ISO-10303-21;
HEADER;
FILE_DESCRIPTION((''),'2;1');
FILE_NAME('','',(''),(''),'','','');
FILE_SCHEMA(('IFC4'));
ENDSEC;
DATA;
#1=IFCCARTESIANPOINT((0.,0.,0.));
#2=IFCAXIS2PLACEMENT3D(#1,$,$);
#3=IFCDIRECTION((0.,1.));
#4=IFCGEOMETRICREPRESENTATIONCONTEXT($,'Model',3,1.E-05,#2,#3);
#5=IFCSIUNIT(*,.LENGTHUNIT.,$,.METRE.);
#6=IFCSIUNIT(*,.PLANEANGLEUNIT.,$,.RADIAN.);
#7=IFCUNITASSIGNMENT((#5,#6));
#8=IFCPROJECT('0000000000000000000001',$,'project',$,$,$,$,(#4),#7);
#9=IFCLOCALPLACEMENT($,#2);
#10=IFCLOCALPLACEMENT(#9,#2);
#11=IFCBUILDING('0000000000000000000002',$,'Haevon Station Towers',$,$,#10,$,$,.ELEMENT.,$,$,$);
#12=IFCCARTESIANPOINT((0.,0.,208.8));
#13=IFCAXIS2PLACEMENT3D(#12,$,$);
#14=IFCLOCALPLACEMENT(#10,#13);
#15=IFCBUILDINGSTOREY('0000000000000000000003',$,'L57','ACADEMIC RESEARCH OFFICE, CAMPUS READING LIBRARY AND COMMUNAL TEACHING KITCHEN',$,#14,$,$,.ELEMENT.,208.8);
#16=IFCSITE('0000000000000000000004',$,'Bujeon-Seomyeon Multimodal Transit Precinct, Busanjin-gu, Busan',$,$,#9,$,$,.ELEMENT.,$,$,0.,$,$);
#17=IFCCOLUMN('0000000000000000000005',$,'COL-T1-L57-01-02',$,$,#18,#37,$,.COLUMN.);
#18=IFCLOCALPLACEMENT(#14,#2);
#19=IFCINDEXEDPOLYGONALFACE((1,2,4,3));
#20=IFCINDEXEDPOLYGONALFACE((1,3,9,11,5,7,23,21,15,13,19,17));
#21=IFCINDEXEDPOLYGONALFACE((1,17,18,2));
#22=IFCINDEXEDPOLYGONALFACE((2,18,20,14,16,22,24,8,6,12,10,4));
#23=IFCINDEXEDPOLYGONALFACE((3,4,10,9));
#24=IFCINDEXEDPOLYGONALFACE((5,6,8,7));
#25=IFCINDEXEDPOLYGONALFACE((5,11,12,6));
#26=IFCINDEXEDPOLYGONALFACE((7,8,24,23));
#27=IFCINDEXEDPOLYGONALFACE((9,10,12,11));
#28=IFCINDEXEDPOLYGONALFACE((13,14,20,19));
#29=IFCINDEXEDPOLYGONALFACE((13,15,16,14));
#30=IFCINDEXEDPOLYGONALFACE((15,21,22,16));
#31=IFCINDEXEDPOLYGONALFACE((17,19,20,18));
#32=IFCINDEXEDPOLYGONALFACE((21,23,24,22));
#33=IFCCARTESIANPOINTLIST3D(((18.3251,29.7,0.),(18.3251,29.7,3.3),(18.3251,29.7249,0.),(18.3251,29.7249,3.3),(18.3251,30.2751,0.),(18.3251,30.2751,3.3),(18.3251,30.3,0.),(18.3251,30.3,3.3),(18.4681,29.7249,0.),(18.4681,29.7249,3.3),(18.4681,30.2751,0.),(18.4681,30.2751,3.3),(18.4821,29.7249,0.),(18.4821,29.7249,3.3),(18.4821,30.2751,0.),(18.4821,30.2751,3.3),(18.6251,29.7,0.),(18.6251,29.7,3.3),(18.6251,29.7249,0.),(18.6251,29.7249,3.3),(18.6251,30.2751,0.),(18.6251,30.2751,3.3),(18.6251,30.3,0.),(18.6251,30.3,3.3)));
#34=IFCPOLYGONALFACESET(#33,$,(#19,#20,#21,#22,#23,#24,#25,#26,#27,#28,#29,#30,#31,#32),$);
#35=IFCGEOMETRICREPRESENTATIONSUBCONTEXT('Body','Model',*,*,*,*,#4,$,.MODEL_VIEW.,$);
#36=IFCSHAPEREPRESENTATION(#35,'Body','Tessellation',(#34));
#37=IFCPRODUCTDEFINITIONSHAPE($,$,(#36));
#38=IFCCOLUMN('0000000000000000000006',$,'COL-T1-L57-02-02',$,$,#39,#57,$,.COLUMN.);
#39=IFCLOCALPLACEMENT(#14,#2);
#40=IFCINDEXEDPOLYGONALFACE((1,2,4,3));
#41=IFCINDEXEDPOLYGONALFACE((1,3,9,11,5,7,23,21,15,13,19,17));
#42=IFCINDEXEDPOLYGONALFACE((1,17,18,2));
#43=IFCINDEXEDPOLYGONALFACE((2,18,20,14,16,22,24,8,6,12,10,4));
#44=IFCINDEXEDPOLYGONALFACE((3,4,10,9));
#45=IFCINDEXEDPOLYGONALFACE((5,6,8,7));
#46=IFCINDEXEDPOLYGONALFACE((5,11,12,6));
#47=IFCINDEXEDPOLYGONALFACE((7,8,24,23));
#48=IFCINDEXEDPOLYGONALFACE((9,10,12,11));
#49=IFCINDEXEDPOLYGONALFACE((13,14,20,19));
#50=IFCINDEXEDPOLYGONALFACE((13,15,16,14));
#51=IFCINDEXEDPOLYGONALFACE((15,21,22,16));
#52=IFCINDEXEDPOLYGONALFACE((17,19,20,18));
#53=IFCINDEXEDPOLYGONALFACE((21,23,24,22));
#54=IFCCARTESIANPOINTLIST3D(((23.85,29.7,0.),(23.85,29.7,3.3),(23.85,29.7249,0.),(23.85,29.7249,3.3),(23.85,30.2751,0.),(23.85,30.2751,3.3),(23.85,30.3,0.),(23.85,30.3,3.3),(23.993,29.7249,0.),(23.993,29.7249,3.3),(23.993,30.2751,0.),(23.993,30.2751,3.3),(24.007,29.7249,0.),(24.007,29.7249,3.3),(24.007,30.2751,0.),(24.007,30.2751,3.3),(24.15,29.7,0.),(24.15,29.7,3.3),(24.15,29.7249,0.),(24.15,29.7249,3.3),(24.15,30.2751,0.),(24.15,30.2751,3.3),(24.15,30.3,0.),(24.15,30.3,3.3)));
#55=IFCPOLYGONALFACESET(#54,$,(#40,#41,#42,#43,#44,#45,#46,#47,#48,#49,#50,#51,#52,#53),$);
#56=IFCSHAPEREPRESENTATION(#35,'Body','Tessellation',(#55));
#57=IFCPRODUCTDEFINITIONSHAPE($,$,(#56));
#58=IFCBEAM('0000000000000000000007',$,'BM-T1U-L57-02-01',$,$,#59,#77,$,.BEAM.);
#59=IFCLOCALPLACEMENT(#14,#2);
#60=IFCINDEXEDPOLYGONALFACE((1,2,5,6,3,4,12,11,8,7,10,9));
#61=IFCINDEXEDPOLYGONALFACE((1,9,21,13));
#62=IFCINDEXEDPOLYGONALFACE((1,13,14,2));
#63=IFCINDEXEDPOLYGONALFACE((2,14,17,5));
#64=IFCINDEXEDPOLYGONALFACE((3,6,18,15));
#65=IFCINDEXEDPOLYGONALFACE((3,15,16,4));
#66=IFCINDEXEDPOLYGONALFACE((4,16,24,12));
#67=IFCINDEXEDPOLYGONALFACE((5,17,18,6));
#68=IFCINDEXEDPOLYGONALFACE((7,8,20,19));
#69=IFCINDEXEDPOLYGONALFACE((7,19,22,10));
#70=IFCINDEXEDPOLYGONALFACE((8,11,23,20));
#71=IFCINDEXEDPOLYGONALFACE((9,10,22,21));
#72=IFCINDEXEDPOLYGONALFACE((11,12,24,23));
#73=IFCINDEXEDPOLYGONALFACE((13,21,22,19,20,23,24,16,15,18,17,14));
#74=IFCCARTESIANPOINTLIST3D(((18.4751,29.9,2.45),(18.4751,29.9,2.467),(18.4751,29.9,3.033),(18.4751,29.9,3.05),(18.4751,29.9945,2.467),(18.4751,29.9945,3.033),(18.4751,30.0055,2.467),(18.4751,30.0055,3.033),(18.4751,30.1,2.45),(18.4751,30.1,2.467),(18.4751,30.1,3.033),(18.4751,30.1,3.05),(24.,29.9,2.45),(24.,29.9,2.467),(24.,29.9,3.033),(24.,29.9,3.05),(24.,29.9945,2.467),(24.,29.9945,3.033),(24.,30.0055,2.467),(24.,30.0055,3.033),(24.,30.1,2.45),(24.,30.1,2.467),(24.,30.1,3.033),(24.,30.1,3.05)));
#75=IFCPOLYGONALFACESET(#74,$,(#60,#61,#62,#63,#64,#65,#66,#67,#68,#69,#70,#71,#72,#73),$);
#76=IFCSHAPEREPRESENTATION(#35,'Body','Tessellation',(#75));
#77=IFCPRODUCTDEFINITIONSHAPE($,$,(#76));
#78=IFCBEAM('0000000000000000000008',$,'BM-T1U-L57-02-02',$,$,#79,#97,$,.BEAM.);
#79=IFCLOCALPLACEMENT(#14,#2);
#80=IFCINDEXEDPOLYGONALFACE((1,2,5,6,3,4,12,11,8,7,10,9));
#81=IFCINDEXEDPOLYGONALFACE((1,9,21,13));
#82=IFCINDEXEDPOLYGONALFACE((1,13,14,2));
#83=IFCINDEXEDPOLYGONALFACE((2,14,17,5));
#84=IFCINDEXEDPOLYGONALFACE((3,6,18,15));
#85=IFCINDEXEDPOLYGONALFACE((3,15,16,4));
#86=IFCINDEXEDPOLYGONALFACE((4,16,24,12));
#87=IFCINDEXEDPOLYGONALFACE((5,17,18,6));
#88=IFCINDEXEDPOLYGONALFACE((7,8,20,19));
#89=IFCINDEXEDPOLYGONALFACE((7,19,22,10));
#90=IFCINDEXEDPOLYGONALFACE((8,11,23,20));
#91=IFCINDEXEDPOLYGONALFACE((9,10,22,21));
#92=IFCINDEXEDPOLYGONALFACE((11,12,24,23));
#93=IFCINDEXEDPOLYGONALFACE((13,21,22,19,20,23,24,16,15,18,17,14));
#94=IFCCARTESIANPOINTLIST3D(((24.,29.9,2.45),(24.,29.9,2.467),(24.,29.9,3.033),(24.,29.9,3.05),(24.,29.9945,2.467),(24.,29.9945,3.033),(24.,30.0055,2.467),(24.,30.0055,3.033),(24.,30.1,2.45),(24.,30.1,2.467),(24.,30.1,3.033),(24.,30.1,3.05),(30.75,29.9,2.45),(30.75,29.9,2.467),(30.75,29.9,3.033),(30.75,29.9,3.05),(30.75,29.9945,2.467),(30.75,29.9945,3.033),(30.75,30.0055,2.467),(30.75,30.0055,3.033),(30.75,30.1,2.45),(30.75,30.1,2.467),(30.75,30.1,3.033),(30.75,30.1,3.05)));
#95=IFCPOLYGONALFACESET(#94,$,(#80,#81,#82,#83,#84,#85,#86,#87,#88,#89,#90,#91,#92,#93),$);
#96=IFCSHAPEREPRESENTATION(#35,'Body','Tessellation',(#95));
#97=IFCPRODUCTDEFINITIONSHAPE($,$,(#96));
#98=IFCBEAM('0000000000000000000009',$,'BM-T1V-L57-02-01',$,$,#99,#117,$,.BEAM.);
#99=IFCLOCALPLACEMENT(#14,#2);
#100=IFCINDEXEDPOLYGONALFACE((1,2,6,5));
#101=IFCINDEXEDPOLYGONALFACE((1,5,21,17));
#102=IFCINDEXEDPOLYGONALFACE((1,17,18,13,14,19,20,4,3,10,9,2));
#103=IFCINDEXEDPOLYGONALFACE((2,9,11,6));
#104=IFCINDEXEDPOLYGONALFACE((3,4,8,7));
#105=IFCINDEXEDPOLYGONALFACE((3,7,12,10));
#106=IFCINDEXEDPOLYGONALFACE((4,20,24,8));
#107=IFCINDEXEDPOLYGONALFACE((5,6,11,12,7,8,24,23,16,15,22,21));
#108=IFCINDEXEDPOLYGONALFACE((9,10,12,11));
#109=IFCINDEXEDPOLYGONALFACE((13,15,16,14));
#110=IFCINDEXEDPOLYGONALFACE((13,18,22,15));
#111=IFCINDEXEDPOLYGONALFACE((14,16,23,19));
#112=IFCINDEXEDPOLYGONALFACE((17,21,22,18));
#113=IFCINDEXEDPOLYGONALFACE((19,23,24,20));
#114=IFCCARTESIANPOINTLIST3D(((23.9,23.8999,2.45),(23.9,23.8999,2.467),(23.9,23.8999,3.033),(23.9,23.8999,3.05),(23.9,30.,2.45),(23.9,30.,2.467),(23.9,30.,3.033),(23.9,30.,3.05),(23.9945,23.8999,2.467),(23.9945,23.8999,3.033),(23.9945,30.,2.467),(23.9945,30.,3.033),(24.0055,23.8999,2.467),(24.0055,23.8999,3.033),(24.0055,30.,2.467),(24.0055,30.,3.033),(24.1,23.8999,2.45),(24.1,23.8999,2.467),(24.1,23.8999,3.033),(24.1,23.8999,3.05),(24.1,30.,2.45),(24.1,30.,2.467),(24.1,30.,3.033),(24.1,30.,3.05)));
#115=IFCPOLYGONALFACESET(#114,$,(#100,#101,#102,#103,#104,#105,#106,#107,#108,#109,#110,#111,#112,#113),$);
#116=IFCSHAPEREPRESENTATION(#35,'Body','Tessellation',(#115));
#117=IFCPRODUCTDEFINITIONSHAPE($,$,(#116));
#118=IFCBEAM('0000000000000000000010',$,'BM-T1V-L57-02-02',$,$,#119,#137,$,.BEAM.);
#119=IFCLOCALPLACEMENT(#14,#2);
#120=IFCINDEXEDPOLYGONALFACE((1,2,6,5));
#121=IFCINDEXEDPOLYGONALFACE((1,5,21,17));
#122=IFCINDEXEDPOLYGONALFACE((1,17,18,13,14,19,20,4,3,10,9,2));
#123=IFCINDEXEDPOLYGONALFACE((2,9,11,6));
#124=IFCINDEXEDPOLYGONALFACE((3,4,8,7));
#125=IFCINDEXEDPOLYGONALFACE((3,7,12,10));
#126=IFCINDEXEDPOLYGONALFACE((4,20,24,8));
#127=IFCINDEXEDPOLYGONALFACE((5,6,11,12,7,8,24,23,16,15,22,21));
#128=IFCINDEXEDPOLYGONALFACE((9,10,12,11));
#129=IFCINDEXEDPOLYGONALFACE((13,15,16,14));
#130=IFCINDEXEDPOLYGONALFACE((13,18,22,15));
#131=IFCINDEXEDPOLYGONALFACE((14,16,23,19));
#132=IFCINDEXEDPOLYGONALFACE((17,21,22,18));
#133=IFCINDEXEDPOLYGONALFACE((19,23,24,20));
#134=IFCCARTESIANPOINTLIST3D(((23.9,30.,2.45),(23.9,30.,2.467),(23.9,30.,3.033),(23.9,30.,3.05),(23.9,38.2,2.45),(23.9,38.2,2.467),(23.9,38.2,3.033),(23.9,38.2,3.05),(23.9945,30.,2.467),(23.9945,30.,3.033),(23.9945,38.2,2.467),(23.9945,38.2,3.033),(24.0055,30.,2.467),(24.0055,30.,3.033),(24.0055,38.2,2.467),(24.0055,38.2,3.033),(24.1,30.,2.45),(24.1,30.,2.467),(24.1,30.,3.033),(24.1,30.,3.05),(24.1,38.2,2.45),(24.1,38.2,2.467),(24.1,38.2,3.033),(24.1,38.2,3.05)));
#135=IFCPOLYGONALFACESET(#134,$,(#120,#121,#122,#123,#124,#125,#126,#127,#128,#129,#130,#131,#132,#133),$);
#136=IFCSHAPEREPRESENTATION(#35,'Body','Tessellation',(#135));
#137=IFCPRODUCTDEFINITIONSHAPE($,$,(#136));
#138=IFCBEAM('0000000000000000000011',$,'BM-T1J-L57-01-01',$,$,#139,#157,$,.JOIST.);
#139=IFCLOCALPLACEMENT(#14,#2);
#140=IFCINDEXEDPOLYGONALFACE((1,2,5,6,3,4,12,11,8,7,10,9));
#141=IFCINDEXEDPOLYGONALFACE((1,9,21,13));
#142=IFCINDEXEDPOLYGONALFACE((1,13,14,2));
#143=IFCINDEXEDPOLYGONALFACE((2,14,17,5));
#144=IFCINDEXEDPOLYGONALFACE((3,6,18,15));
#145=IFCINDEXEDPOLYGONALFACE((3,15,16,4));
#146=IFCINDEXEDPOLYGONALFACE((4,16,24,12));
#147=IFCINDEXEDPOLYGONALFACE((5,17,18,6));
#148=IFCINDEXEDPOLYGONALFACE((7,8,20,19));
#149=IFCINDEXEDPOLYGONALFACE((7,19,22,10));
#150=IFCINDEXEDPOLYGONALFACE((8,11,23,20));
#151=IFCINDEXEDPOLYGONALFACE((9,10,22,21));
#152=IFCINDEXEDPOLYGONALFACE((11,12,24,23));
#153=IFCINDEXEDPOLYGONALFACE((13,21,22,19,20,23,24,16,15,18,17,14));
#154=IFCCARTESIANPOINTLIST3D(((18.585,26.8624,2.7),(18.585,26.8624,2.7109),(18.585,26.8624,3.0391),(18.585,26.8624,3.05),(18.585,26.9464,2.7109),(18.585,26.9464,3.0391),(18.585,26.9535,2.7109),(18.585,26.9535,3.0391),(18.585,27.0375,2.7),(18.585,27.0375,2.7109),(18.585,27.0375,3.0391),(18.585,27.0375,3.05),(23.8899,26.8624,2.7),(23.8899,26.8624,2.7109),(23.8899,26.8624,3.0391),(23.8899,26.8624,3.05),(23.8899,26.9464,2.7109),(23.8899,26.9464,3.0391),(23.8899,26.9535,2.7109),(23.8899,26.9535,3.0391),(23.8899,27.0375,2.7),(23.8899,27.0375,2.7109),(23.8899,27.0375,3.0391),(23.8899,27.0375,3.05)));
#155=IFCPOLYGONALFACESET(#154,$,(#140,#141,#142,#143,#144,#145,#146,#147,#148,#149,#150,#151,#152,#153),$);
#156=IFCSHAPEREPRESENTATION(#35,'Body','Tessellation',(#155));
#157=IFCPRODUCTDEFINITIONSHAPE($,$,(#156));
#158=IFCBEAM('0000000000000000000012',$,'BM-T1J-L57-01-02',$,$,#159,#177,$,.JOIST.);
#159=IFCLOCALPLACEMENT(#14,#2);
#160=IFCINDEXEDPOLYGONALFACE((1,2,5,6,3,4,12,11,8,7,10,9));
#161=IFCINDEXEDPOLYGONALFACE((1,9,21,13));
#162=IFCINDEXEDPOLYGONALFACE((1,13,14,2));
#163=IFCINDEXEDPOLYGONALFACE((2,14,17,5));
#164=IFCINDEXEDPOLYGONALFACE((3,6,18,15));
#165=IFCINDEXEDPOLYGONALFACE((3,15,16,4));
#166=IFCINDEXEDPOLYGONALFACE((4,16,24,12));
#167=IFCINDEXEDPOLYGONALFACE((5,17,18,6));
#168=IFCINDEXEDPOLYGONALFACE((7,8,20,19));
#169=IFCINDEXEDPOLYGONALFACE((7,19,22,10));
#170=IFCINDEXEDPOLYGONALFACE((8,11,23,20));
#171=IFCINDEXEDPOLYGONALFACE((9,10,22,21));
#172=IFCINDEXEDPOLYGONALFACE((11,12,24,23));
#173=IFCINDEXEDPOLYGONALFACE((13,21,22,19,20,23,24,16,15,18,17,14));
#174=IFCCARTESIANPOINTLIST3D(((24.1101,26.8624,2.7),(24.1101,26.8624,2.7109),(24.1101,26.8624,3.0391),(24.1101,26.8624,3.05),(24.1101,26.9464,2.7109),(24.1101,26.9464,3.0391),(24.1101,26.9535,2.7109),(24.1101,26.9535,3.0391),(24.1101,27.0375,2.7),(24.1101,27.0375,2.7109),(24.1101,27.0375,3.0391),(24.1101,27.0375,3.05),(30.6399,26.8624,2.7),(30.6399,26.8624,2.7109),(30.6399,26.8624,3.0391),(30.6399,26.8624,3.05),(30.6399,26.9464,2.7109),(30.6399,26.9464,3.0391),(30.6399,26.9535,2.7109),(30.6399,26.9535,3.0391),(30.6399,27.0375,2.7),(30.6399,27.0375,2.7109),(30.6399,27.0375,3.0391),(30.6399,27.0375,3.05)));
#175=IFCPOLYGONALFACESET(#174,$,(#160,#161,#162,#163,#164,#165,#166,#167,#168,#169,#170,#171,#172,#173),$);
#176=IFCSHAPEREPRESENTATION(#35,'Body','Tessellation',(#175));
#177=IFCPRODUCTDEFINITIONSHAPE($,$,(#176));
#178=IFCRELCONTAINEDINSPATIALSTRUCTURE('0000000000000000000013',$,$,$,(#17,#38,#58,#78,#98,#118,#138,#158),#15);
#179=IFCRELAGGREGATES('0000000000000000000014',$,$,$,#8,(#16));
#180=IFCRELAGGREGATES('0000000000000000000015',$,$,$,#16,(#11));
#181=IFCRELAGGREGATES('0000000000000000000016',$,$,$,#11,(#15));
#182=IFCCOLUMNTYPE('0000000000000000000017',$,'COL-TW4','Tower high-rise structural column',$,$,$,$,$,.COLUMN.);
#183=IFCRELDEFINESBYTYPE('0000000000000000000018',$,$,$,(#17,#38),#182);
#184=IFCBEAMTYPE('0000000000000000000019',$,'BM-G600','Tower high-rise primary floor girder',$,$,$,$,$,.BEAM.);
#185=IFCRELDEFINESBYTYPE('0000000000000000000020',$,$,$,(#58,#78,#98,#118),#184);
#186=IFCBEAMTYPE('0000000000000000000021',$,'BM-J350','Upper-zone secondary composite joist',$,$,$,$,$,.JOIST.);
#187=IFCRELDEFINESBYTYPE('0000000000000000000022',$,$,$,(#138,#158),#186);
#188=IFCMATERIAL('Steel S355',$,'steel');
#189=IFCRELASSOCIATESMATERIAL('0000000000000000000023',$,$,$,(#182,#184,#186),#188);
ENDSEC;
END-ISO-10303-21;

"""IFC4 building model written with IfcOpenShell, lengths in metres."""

from ifc_helpers import new_model, si_unit, direction, frame, origin, origin_2d, place, context, subcontext, project, spatial, i_section, extrude, material, material_profile, profile_set, type_object, element, save


model = new_model("IFC4")

# Units and contexts
model_context = context("Model", 3, precision=1e-05, world=origin(), true_north=direction((0.0, 1.0)))
body_context = subcontext(model_context, "Body", "Model", "MODEL_VIEW")
ifc_project = project(units=[si_unit("LENGTHUNIT", "METRE"), si_unit("PLANEANGLEUNIT", "RADIAN")], contexts=[model_context])

# Site, building, storey
site_placement = place(None, origin())
site = spatial("IfcSite", under=ifc_project, at=site_placement, Name="Bujeon-Seomyeon Multimodal Transit Precinct, Busanjin-gu, Busan", CompositionType="ELEMENT", RefElevation=0.0)
building_placement = place(site_placement, origin())
building = spatial("IfcBuilding", under=site, at=building_placement, Name="Haevon Station Towers", CompositionType="ELEMENT")
storey_placement = place(building_placement, frame((0.0, 0.0, 208.8)))
storey = spatial("IfcBuildingStorey", under=building, at=storey_placement, Name="L57", Description="ACADEMIC RESEARCH OFFICE, CAMPUS READING LIBRARY AND COMMUNAL TEACHING KITCHEN", CompositionType="ELEMENT", Elevation=208.8)

# Columns
ifc_material_1 = material(Name="Steel S355", Category="steel")
ifc_material_profile_1 = material_profile(ifc_material_1, i_section(OverallWidth=0.3, OverallDepth=0.6001, WebThickness=0.0139, FlangeThickness=0.0249, at=origin_2d()), Name="H-600x300x14x25")
ifc_profile_set_1 = profile_set([ifc_material_profile_1], Name="Steel S355")
column_type = type_object("IfcColumnType", Name="COL-TW4", Description="Tower high-rise structural column", PredefinedType="COLUMN", material=ifc_profile_set_1)
for number, where, z_axis, x_axis, name in (
    (1, (18.4751, 30.0, 0.0), (0.0, 0.0, 1.0), (1.0, 0.0, 0.0), "COL-T1-L57-01-02"),
    (2, (24.0, 30.0, 0.0), (0.0, 0.0, 1.0), (1.0, 0.0, 0.0), "COL-T1-L57-02-02"),
):
    element("IfcColumn", number, at=place(storey_placement, frame(where, z_axis=z_axis, x_axis=x_axis)), inside=storey, type_object=column_type, Name=name, PredefinedType="COLUMN", context=body_context, shape_type="SweptSolid", body=[
        extrude(i_section(OverallWidth=0.3, OverallDepth=0.6001, WebThickness=0.0139, FlangeThickness=0.0249, at=origin_2d()), origin(), (0.0, 0.0, 1.0), 3.3),
    ])

# Beams
ifc_material_profile_2 = material_profile(ifc_material_1, i_section(OverallWidth=0.2, OverallDepth=0.6001, WebThickness=0.011, FlangeThickness=0.0171, at=origin_2d()), Name="H-600x200x11x17")
ifc_profile_set_2 = profile_set([ifc_material_profile_2], Name="Steel S355")
beam_type_1 = type_object("IfcBeamType", Name="BM-G600", Description="Tower high-rise primary floor girder", PredefinedType="BEAM", material=ifc_profile_set_2)
beam_1_placement = place(storey_placement, frame((18.4751, 30.0, 2.75), z_axis=(1.0, 0.0, 0.0), x_axis=(0.0, 1.0, 0.0)))
element("IfcBeam", 3, at=beam_1_placement, inside=storey, type_object=beam_type_1, Name="BM-T1U-L57-02-01", PredefinedType="BEAM", context=body_context, shape_type="SweptSolid", body=[
    extrude(i_section(OverallWidth=0.2, OverallDepth=0.6001, WebThickness=0.011, FlangeThickness=0.0171, at=origin_2d()), origin(), (0.0, 0.0, 1.0), 5.5249),
])
beam_2_placement = place(storey_placement, frame((24.0, 30.0, 2.75), z_axis=(1.0, 0.0, 0.0), x_axis=(0.0, 1.0, 0.0)))
element("IfcBeam", 4, at=beam_2_placement, inside=storey, type_object=beam_type_1, Name="BM-T1U-L57-02-02", PredefinedType="BEAM", context=body_context, shape_type="SweptSolid", body=[
    extrude(i_section(OverallWidth=0.2, OverallDepth=0.6001, WebThickness=0.011, FlangeThickness=0.0171, at=origin_2d()), origin(), (0.0, 0.0, 1.0), 6.75),
])
beam_3_placement = place(storey_placement, frame((24.0, 23.8999, 2.75), z_axis=(0.0, 1.0, 0.0), x_axis=(-1.0, 0.0, 0.0)))
element("IfcBeam", 5, at=beam_3_placement, inside=storey, type_object=beam_type_1, Name="BM-T1V-L57-02-01", PredefinedType="BEAM", context=body_context, shape_type="SweptSolid", body=[
    extrude(i_section(OverallWidth=0.2, OverallDepth=0.6001, WebThickness=0.011, FlangeThickness=0.0171, at=origin_2d()), origin(), (0.0, 0.0, 1.0), 6.1001),
])
beam_4_placement = place(storey_placement, frame((24.0, 30.0, 2.75), z_axis=(0.0, 1.0, 0.0), x_axis=(-1.0, 0.0, 0.0)))
element("IfcBeam", 6, at=beam_4_placement, inside=storey, type_object=beam_type_1, Name="BM-T1V-L57-02-02", PredefinedType="BEAM", context=body_context, shape_type="SweptSolid", body=[
    extrude(i_section(OverallWidth=0.2, OverallDepth=0.6001, WebThickness=0.011, FlangeThickness=0.0171, at=origin_2d()), origin(), (0.0, 0.0, 1.0), 8.2),
])
ifc_material_profile_3 = material_profile(ifc_material_1, i_section(OverallWidth=0.175, OverallDepth=0.3501, WebThickness=0.0071, FlangeThickness=0.011, at=origin_2d()), Name="H-350x175x7x11")
ifc_profile_set_3 = profile_set([ifc_material_profile_3], Name="Steel S355")
beam_type_2 = type_object("IfcBeamType", Name="BM-J350", Description="Upper-zone secondary composite joist", PredefinedType="JOIST", material=ifc_profile_set_3)
beam_5_placement = place(storey_placement, frame((18.585, 26.95, 2.875), z_axis=(1.0, 0.0, 0.0), x_axis=(0.0, 1.0, 0.0)))
element("IfcBeam", 7, at=beam_5_placement, inside=storey, type_object=beam_type_2, Name="BM-T1J-L57-01-01", PredefinedType="JOIST", context=body_context, shape_type="SweptSolid", body=[
    extrude(i_section(OverallWidth=0.175, OverallDepth=0.3501, WebThickness=0.0071, FlangeThickness=0.011, at=origin_2d()), origin(), (0.0, 0.0, 1.0), 5.3049),
])
beam_6_placement = place(storey_placement, frame((24.1101, 26.95, 2.875), z_axis=(1.0, 0.0, 0.0), x_axis=(0.0, 1.0, 0.0)))
element("IfcBeam", 8, at=beam_6_placement, inside=storey, type_object=beam_type_2, Name="BM-T1J-L57-01-02", PredefinedType="JOIST", context=body_context, shape_type="SweptSolid", body=[
    extrude(i_section(OverallWidth=0.175, OverallDepth=0.3501, WebThickness=0.0071, FlangeThickness=0.011, at=origin_2d()), origin(), (0.0, 0.0, 1.0), 6.5298),
])

save(model, "model.ifc")
